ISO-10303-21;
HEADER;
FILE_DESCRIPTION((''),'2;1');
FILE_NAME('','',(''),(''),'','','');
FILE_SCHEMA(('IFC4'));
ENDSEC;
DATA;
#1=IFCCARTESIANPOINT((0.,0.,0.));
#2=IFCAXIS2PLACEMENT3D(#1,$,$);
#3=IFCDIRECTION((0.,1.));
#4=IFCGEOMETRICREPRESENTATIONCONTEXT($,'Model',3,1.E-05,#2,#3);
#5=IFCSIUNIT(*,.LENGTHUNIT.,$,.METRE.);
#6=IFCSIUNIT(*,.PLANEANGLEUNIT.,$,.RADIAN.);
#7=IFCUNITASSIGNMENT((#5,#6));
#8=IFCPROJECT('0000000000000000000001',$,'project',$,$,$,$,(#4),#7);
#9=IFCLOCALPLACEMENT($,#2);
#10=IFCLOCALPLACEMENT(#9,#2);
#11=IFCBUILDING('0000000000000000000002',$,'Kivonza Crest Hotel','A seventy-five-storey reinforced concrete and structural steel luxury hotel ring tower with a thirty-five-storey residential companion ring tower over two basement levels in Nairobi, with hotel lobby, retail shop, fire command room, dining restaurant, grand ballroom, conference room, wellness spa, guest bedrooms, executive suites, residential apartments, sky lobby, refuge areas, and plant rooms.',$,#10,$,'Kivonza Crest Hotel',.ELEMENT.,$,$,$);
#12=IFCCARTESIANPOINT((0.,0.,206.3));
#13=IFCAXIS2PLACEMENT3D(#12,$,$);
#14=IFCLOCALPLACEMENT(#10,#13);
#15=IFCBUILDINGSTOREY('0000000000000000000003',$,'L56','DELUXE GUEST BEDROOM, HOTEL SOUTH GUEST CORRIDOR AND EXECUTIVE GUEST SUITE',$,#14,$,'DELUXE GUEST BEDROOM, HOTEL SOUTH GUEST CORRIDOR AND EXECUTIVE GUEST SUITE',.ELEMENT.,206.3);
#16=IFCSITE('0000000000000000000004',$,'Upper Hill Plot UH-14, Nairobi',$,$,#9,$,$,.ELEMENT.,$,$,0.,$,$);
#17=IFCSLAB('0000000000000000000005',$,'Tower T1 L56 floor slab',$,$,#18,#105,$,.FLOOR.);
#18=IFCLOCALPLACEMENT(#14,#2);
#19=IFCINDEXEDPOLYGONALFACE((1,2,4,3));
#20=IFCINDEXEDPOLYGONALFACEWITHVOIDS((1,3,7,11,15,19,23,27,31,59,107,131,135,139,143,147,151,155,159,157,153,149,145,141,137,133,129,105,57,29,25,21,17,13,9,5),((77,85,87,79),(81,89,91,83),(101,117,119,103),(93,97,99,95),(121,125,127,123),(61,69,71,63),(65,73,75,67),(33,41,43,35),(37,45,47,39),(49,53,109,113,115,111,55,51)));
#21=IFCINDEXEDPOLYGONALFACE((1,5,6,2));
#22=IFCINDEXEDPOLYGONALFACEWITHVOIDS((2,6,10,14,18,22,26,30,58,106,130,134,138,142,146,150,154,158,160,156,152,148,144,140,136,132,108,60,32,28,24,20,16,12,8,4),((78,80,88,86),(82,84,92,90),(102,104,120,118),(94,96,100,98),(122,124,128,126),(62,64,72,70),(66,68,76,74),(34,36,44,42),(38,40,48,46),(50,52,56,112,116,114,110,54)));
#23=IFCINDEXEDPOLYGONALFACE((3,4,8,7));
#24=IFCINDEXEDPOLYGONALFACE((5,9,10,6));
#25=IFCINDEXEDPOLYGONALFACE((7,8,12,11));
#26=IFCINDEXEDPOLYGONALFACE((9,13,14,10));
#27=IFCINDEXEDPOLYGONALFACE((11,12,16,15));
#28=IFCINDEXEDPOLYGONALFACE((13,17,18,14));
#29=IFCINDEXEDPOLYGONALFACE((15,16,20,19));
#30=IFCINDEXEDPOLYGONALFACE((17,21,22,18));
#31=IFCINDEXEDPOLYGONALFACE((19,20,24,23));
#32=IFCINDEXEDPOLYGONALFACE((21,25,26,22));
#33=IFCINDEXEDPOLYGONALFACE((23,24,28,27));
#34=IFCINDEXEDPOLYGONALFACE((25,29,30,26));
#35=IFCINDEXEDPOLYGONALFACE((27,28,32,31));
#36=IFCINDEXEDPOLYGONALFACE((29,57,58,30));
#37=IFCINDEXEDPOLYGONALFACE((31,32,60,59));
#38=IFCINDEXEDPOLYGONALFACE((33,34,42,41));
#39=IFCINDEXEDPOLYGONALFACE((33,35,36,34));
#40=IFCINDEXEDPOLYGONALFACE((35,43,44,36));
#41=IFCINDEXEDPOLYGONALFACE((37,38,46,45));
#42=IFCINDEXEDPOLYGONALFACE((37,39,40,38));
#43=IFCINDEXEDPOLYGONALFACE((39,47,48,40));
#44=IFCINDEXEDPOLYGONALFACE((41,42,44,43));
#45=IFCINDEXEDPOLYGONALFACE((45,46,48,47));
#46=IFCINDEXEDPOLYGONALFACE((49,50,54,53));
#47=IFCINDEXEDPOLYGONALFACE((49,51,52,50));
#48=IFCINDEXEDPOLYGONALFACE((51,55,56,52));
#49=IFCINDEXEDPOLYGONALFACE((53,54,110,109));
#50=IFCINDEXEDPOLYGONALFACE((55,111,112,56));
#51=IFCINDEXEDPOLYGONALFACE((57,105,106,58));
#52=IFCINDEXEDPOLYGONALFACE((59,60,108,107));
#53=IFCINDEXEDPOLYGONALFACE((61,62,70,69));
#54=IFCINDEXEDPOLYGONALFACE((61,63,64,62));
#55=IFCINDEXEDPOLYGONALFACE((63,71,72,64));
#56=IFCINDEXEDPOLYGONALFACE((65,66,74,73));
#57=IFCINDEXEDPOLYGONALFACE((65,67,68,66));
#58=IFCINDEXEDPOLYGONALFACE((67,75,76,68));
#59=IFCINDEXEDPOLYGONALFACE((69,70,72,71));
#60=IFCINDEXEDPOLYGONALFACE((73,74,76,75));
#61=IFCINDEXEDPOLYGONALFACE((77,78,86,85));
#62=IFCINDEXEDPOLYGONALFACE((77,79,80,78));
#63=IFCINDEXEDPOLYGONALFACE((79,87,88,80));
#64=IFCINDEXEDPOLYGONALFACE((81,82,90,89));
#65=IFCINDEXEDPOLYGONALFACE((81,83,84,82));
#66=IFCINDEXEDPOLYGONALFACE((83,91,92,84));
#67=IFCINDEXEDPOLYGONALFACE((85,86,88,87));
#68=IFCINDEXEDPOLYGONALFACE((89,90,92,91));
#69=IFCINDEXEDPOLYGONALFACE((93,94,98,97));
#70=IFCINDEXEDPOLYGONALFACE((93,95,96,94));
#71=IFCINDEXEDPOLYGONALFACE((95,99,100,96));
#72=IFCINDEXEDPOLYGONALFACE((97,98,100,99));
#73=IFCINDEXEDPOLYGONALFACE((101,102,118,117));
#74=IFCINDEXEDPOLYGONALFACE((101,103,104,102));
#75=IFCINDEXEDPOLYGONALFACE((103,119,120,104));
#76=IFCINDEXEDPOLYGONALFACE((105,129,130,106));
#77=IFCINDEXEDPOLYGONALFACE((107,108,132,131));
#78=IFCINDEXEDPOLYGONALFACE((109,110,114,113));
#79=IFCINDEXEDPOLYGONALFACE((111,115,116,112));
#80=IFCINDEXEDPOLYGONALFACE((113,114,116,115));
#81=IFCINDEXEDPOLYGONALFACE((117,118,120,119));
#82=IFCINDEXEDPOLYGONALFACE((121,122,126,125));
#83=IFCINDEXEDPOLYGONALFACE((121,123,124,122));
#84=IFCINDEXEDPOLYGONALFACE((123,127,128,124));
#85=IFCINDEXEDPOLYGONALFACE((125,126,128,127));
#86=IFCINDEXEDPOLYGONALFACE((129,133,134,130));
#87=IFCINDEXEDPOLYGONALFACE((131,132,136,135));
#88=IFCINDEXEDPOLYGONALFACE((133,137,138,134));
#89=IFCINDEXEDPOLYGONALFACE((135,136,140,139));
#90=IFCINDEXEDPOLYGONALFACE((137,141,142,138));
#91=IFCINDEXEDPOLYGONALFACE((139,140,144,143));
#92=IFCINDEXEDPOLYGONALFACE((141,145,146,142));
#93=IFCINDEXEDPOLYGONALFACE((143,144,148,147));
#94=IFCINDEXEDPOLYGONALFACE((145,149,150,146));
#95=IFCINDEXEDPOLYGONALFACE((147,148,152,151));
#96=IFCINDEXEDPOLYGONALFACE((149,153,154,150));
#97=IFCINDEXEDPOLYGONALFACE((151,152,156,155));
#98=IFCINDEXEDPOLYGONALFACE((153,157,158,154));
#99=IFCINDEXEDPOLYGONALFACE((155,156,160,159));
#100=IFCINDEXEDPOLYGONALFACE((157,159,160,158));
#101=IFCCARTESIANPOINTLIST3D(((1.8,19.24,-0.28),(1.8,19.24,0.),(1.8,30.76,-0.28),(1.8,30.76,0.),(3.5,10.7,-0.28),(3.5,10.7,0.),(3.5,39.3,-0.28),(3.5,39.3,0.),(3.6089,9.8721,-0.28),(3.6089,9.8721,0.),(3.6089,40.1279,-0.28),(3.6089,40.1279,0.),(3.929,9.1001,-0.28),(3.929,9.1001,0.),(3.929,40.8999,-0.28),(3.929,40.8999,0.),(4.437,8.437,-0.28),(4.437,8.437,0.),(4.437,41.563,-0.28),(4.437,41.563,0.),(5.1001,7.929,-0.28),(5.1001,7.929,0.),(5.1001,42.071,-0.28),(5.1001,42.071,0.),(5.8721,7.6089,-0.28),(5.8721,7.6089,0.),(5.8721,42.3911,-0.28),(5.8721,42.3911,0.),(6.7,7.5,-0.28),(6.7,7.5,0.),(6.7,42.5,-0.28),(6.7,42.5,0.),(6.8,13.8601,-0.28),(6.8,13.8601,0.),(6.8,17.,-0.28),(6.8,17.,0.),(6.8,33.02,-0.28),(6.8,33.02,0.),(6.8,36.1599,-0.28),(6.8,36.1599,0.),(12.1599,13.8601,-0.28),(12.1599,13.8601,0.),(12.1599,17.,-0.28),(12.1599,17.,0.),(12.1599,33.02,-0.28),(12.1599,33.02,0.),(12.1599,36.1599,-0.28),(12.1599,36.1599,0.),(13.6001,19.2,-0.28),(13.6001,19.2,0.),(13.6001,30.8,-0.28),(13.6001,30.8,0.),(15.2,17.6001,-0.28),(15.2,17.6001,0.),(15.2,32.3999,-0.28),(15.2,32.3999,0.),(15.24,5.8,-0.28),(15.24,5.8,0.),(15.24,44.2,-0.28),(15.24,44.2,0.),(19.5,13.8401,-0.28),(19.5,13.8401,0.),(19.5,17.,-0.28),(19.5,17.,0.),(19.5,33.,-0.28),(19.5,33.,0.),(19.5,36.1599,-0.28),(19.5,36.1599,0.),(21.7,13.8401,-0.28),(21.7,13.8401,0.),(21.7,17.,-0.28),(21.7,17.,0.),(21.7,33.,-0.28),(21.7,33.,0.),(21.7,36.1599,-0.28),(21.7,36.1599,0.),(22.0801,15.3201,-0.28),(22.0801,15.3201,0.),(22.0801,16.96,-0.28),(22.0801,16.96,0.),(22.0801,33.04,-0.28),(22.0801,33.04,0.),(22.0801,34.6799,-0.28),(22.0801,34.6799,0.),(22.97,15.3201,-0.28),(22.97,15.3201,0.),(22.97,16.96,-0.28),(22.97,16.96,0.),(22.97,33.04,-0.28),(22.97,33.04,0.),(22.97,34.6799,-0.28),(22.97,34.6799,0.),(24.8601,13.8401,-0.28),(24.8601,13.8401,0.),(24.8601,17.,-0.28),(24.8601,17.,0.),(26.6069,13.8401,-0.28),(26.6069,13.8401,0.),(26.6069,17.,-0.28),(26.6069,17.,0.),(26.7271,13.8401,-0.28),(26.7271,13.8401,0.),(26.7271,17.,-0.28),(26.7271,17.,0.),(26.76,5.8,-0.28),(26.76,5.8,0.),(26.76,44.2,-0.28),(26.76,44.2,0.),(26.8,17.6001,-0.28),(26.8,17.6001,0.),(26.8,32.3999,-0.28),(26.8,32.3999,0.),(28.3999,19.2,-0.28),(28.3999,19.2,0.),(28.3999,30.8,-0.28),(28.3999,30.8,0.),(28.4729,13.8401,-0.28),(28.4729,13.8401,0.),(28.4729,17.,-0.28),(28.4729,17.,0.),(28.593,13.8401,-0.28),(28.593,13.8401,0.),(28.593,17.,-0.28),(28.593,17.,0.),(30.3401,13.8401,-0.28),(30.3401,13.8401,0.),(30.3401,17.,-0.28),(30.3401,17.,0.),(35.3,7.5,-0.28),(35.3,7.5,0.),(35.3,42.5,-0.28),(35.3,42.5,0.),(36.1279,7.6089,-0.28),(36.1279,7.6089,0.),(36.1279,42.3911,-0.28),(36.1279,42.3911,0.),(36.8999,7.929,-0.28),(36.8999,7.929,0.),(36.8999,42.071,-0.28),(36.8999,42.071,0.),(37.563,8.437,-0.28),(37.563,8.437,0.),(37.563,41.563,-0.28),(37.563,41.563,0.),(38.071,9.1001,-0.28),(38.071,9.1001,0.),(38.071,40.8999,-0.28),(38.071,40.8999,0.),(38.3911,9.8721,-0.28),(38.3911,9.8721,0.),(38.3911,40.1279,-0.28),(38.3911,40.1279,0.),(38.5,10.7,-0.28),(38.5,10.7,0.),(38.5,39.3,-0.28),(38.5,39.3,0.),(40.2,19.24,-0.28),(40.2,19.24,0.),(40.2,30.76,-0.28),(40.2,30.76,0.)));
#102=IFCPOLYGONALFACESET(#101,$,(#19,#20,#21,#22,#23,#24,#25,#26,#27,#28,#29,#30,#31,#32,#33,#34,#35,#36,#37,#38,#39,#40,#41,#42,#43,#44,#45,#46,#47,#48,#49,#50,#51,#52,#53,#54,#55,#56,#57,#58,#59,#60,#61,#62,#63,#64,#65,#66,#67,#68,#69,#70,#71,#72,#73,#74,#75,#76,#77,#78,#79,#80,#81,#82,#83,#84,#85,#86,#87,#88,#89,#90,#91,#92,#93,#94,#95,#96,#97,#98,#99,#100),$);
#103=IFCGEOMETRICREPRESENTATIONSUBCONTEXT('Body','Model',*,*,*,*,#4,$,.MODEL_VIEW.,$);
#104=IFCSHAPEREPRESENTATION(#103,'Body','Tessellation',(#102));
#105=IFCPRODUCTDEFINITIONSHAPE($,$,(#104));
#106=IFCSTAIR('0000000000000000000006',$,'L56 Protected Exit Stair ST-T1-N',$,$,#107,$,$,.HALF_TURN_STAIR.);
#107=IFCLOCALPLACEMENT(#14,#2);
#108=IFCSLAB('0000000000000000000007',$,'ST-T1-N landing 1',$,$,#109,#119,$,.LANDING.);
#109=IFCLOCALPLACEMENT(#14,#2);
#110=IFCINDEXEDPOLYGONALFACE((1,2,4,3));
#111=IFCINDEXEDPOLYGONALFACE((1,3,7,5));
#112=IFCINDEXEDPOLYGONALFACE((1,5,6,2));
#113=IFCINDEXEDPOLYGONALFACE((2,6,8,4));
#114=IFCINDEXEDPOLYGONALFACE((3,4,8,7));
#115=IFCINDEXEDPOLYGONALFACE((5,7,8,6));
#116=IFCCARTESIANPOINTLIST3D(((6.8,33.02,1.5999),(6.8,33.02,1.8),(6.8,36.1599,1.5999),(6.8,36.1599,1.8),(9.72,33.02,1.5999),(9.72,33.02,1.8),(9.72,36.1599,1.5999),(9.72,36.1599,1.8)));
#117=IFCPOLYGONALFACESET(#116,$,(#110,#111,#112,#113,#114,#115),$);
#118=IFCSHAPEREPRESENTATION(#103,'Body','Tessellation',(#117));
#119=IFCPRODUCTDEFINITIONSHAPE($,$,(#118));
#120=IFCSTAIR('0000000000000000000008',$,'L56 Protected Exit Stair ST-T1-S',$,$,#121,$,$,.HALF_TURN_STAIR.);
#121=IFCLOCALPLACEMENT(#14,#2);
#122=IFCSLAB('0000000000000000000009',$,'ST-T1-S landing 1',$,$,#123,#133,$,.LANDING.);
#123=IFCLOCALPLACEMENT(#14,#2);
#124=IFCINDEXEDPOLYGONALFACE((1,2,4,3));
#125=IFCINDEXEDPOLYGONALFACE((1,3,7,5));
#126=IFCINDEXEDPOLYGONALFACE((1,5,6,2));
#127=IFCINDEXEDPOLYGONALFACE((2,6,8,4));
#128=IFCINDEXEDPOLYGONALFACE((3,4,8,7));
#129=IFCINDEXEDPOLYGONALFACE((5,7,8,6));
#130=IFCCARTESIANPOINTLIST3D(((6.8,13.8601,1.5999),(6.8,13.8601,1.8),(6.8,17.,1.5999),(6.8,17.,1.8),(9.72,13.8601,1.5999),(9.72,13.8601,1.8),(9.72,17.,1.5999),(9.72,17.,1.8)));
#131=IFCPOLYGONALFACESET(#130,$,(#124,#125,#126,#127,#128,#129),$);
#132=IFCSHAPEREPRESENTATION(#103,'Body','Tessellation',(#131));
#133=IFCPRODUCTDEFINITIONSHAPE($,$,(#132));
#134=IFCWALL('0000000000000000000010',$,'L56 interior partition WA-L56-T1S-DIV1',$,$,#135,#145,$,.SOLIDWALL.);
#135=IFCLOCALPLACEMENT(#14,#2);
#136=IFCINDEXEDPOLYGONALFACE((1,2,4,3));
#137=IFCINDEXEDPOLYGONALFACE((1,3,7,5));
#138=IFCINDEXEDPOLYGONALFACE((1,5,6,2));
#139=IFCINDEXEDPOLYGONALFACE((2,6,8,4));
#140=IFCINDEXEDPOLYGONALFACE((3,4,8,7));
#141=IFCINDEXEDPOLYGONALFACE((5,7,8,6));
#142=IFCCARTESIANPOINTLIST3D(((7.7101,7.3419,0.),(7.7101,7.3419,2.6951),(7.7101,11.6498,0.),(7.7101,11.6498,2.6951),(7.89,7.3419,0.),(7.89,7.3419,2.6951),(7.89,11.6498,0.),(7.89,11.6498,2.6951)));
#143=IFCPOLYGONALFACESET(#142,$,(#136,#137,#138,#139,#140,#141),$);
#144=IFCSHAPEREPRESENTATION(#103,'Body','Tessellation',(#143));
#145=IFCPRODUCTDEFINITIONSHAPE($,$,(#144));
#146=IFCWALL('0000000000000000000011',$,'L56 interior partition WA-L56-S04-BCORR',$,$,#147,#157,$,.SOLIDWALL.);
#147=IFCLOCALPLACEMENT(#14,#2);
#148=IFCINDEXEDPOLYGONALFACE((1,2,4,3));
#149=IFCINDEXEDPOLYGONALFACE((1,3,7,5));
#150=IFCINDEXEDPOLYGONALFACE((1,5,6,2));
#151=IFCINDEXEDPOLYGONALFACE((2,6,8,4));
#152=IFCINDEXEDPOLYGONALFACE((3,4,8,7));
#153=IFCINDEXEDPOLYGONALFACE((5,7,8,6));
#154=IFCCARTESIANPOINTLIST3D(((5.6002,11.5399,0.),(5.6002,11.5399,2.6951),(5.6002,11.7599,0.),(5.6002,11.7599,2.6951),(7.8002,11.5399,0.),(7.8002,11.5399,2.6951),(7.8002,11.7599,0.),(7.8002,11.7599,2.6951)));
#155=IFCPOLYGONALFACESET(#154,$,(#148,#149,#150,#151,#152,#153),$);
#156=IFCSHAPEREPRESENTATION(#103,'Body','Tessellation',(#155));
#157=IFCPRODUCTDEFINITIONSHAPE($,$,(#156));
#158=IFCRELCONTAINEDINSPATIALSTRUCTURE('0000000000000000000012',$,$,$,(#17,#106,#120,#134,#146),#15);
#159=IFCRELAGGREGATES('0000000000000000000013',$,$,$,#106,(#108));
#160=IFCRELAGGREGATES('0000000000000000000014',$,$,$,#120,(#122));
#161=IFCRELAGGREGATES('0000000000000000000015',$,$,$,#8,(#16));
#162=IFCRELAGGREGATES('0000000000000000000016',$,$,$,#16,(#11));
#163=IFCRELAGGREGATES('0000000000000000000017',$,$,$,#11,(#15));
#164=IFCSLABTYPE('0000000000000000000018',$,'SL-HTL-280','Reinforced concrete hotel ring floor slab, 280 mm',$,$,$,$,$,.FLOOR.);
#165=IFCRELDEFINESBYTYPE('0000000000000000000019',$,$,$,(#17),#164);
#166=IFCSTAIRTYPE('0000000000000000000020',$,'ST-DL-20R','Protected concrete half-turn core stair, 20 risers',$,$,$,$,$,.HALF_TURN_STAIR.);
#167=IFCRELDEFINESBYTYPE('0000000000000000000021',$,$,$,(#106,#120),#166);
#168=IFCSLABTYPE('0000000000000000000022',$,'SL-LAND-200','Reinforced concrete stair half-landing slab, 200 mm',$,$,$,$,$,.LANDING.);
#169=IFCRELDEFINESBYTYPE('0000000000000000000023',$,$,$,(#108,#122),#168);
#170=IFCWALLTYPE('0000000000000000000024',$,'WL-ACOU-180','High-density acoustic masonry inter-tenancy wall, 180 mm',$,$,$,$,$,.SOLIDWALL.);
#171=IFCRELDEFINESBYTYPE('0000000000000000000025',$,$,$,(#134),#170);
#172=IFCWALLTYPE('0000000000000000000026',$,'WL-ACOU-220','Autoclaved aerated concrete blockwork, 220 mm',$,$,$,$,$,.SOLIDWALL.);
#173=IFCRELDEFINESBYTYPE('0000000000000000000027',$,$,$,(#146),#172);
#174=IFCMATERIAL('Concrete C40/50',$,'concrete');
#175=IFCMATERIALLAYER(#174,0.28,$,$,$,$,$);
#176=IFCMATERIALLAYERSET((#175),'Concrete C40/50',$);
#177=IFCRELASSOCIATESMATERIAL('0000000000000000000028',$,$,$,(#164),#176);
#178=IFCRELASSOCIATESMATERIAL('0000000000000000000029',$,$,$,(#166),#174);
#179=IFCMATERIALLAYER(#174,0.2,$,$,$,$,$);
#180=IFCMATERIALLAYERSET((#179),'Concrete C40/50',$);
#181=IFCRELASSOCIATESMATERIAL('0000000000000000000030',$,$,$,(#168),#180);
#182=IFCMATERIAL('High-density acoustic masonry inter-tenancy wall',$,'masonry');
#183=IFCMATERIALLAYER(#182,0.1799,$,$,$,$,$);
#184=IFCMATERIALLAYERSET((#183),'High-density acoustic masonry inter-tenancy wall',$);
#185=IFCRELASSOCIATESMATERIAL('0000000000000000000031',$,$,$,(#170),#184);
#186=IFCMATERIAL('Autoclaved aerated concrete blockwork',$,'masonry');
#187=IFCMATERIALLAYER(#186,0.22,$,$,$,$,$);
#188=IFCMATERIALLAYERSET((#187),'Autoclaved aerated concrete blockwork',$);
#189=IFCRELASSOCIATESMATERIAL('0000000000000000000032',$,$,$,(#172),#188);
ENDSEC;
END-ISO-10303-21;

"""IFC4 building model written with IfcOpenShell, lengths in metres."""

from ifc_helpers import new_model, si_unit, direction, frame, frame_2d, origin, place, context, subcontext, project, spatial, polyline, rectangle, outline, extrude, material, layer, layer_set, type_object, element, aggregate, save


model = new_model("IFC4")

# Units and contexts
model_context = context("Model", 3, precision=1e-05, world=origin(), true_north=direction((0.0, 1.0)))
body_context = subcontext(model_context, "Body", "Model", "MODEL_VIEW")
ifc_project = project(units=[si_unit("LENGTHUNIT", "METRE"), si_unit("PLANEANGLEUNIT", "RADIAN")], contexts=[model_context])

# Site, building, storey
site_placement = place(None, origin())
site = spatial("IfcSite", under=ifc_project, at=site_placement, Name="Upper Hill Plot UH-14, Nairobi", CompositionType="ELEMENT", RefElevation=0.0)
building_placement = place(site_placement, origin())
building = spatial("IfcBuilding", under=site, at=building_placement, Name="Kivonza Crest Hotel", Description="A seventy-five-storey reinforced concrete and structural steel luxury hotel ring tower with a thirty-five-storey residential companion ring tower over two basement levels in Nairobi, with hotel lobby, retail shop, fire command room, dining restaurant, grand ballroom, conference room, wellness spa, guest bedrooms, executive suites, residential apartments, sky lobby, refuge areas, and plant rooms.", LongName="Kivonza Crest Hotel", CompositionType="ELEMENT")
storey_placement = place(building_placement, frame((0.0, 0.0, 206.3)))
storey = spatial("IfcBuildingStorey", under=building, at=storey_placement, Name="L56", Description="DELUXE GUEST BEDROOM, HOTEL SOUTH GUEST CORRIDOR AND EXECUTIVE GUEST SUITE", LongName="DELUXE GUEST BEDROOM, HOTEL SOUTH GUEST CORRIDOR AND EXECUTIVE GUEST SUITE", CompositionType="ELEMENT", Elevation=206.3)

# Slab
ifc_material_1 = material(Name="Concrete C40/50", Category="concrete")
ifc_layer_1 = layer(ifc_material_1, 0.28)
ifc_layer_set_1 = layer_set([ifc_layer_1], Name="Concrete C40/50")
slab_type_1 = type_object("IfcSlabType", Name="SL-HTL-280", Description="Reinforced concrete hotel ring floor slab, 280 mm", PredefinedType="FLOOR", material=ifc_layer_set_1)
slab_1_placement = place(storey_placement, frame((0.0, 0.0, -0.28)))
element("IfcSlab", 1, at=slab_1_placement, inside=storey, type_object=slab_type_1, Name="Tower T1 L56 floor slab", PredefinedType="FLOOR", context=body_context, shape_type="SweptSolid", body=[
    extrude(outline(polyline([(3.5, 10.7), (3.6089, 9.8721), (3.929, 9.1001), (4.437, 8.437), (5.1001, 7.929), (5.8721, 7.6089), (6.7, 7.5), (15.24, 5.8), (26.76, 5.8), (35.3, 7.5), (36.1279, 7.6089), (36.8999, 7.929), (37.563, 8.437), (38.071, 9.1001), (38.3911, 9.8721), (38.5, 10.7), (40.2, 19.24), (40.2, 30.76), (38.5, 39.3), (38.3911, 40.1279), (38.071, 40.8999), (37.563, 41.563), (36.8999, 42.071), (36.1279, 42.3911), (35.3, 42.5), (26.76, 44.2), (15.24, 44.2), (6.7, 42.5), (5.8721, 42.3911), (5.1001, 42.071), (4.437, 41.563), (3.929, 40.8999), (3.6089, 40.1279), (3.5, 39.3), (1.8, 30.76), (1.8, 19.24), (3.5, 10.7)]), holes=[polyline([(15.2, 17.6001), (26.8, 17.6001), (28.3999, 19.2), (28.3999, 30.8), (26.8, 32.3999), (15.2, 32.3999), (13.6001, 30.8), (13.6001, 19.2), (15.2, 17.6001)]), polyline([(6.8, 33.02), (12.1599, 33.02), (12.1599, 36.1599), (6.8, 36.1599), (6.8, 33.02)]), polyline([(6.8, 13.8601), (12.1599, 13.8601), (12.1599, 17.0), (6.8, 17.0), (6.8, 13.8601)]), polyline([(22.0801, 33.04), (22.97, 33.04), (22.97, 34.6799), (22.0801, 34.6799), (22.0801, 33.04)]), polyline([(22.0801, 15.3201), (22.97, 15.3201), (22.97, 16.96), (22.0801, 16.96), (22.0801, 15.3201)]), polyline([(19.5, 33.0), (21.7, 33.0), (21.7, 36.1599), (19.5, 36.1599), (19.5, 33.0)]), polyline([(19.5, 13.8401), (21.7, 13.8401), (21.7, 17.0), (19.5, 17.0), (19.5, 13.8401)]), polyline([(24.8601, 13.8401), (26.6069, 13.8401), (26.6069, 17.0), (24.8601, 17.0), (24.8601, 13.8401)]), polyline([(26.7271, 13.8401), (28.4729, 13.8401), (28.4729, 17.0), (26.7271, 17.0), (26.7271, 13.8401)]), polyline([(28.593, 13.8401), (30.3401, 13.8401), (30.3401, 17.0), (28.593, 17.0), (28.593, 13.8401)])]), origin(), (0.0, 0.0, 1.0), 0.28),
])

# Stairs, slabs
stair_type = type_object("IfcStairType", Name="ST-DL-20R", Description="Protected concrete half-turn core stair, 20 risers", PredefinedType="HALF_TURN_STAIR", material=ifc_material_1)
stair_1_placement = place(storey_placement, origin())
stair_1 = element("IfcStair", 2, at=stair_1_placement, inside=storey, type_object=stair_type, Name="L56 Protected Exit Stair ST-T1-N", PredefinedType="HALF_TURN_STAIR")
ifc_layer_2 = layer(ifc_material_1, 0.2)
ifc_layer_set_2 = layer_set([ifc_layer_2], Name="Concrete C40/50")
slab_type_2 = type_object("IfcSlabType", Name="SL-LAND-200", Description="Reinforced concrete stair half-landing slab, 200 mm", PredefinedType="LANDING", material=ifc_layer_set_2)
slab_2_placement = place(storey_placement, frame((0.0, 0.0, 1.5999)))
slab_2 = element("IfcSlab", 3, at=slab_2_placement, type_object=slab_type_2, Name="ST-T1-N landing 1", PredefinedType="LANDING", context=body_context, shape_type="SweptSolid", body=[
    extrude(outline(polyline([(9.72, 36.1599), (6.8, 36.1599), (6.8, 33.02), (9.72, 33.02), (9.72, 36.1599)])), origin(), (0.0, 0.0, 1.0), 0.2002),
])
aggregate(stair_1, [slab_2])
stair_2_placement = place(storey_placement, origin())
stair_2 = element("IfcStair", 4, at=stair_2_placement, inside=storey, type_object=stair_type, Name="L56 Protected Exit Stair ST-T1-S", PredefinedType="HALF_TURN_STAIR")
slab_3_placement = place(storey_placement, frame((0.0, 0.0, 1.5999)))
slab_3 = element("IfcSlab", 5, at=slab_3_placement, type_object=slab_type_2, Name="ST-T1-S landing 1", PredefinedType="LANDING", context=body_context, shape_type="SweptSolid", body=[
    extrude(outline(polyline([(9.72, 17.0), (6.8, 17.0), (6.8, 13.8601), (9.72, 13.8601), (9.72, 17.0)])), origin(), (0.0, 0.0, 1.0), 0.2002),
])
aggregate(stair_2, [slab_3])

# Walls
ifc_material_2 = material(Name="High-density acoustic masonry inter-tenancy wall", Category="masonry")
ifc_layer_3 = layer(ifc_material_2, 0.1799)
ifc_layer_set_3 = layer_set([ifc_layer_3], Name="High-density acoustic masonry inter-tenancy wall")
wall_type_1 = type_object("IfcWallType", Name="WL-ACOU-180", Description="High-density acoustic masonry inter-tenancy wall, 180 mm", PredefinedType="SOLIDWALL", material=ifc_layer_set_3)
wall_1_placement = place(storey_placement, frame((7.8, 7.342, 0.0), z_axis=(0.0, 0.0, 1.0), x_axis=(0.0, 1.0, 0.0)))
element("IfcWall", 6, at=wall_1_placement, inside=storey, type_object=wall_type_1, Name="L56 interior partition WA-L56-T1S-DIV1", PredefinedType="SOLIDWALL", context=body_context, shape_type="SweptSolid", body=[
    extrude(rectangle(XDim=4.3079, YDim=0.1799, at=frame_2d((2.1538, 0.0))), origin(), (0.0, 0.0, 1.0), 2.6951),
])
ifc_material_3 = material(Name="Autoclaved aerated concrete blockwork", Category="masonry")
ifc_layer_4 = layer(ifc_material_3, 0.22)
ifc_layer_set_4 = layer_set([ifc_layer_4], Name="Autoclaved aerated concrete blockwork")
wall_type_2 = type_object("IfcWallType", Name="WL-ACOU-220", Description="Autoclaved aerated concrete blockwork, 220 mm", PredefinedType="SOLIDWALL", material=ifc_layer_set_4)
wall_2_placement = place(storey_placement, frame((5.6001, 11.6499, 0.0), z_axis=(0.0, 0.0, 1.0), x_axis=(1.0, 0.0, 0.0)))
element("IfcWall", 7, at=wall_2_placement, inside=storey, type_object=wall_type_2, Name="L56 interior partition WA-L56-S04-BCORR", PredefinedType="SOLIDWALL", context=body_context, shape_type="SweptSolid", body=[
    extrude(rectangle(XDim=2.2, YDim=0.22, at=frame_2d((1.1001, 0.0))), origin(), (0.0, 0.0, 1.0), 2.6951),
])

save(model, "model.ifc")
